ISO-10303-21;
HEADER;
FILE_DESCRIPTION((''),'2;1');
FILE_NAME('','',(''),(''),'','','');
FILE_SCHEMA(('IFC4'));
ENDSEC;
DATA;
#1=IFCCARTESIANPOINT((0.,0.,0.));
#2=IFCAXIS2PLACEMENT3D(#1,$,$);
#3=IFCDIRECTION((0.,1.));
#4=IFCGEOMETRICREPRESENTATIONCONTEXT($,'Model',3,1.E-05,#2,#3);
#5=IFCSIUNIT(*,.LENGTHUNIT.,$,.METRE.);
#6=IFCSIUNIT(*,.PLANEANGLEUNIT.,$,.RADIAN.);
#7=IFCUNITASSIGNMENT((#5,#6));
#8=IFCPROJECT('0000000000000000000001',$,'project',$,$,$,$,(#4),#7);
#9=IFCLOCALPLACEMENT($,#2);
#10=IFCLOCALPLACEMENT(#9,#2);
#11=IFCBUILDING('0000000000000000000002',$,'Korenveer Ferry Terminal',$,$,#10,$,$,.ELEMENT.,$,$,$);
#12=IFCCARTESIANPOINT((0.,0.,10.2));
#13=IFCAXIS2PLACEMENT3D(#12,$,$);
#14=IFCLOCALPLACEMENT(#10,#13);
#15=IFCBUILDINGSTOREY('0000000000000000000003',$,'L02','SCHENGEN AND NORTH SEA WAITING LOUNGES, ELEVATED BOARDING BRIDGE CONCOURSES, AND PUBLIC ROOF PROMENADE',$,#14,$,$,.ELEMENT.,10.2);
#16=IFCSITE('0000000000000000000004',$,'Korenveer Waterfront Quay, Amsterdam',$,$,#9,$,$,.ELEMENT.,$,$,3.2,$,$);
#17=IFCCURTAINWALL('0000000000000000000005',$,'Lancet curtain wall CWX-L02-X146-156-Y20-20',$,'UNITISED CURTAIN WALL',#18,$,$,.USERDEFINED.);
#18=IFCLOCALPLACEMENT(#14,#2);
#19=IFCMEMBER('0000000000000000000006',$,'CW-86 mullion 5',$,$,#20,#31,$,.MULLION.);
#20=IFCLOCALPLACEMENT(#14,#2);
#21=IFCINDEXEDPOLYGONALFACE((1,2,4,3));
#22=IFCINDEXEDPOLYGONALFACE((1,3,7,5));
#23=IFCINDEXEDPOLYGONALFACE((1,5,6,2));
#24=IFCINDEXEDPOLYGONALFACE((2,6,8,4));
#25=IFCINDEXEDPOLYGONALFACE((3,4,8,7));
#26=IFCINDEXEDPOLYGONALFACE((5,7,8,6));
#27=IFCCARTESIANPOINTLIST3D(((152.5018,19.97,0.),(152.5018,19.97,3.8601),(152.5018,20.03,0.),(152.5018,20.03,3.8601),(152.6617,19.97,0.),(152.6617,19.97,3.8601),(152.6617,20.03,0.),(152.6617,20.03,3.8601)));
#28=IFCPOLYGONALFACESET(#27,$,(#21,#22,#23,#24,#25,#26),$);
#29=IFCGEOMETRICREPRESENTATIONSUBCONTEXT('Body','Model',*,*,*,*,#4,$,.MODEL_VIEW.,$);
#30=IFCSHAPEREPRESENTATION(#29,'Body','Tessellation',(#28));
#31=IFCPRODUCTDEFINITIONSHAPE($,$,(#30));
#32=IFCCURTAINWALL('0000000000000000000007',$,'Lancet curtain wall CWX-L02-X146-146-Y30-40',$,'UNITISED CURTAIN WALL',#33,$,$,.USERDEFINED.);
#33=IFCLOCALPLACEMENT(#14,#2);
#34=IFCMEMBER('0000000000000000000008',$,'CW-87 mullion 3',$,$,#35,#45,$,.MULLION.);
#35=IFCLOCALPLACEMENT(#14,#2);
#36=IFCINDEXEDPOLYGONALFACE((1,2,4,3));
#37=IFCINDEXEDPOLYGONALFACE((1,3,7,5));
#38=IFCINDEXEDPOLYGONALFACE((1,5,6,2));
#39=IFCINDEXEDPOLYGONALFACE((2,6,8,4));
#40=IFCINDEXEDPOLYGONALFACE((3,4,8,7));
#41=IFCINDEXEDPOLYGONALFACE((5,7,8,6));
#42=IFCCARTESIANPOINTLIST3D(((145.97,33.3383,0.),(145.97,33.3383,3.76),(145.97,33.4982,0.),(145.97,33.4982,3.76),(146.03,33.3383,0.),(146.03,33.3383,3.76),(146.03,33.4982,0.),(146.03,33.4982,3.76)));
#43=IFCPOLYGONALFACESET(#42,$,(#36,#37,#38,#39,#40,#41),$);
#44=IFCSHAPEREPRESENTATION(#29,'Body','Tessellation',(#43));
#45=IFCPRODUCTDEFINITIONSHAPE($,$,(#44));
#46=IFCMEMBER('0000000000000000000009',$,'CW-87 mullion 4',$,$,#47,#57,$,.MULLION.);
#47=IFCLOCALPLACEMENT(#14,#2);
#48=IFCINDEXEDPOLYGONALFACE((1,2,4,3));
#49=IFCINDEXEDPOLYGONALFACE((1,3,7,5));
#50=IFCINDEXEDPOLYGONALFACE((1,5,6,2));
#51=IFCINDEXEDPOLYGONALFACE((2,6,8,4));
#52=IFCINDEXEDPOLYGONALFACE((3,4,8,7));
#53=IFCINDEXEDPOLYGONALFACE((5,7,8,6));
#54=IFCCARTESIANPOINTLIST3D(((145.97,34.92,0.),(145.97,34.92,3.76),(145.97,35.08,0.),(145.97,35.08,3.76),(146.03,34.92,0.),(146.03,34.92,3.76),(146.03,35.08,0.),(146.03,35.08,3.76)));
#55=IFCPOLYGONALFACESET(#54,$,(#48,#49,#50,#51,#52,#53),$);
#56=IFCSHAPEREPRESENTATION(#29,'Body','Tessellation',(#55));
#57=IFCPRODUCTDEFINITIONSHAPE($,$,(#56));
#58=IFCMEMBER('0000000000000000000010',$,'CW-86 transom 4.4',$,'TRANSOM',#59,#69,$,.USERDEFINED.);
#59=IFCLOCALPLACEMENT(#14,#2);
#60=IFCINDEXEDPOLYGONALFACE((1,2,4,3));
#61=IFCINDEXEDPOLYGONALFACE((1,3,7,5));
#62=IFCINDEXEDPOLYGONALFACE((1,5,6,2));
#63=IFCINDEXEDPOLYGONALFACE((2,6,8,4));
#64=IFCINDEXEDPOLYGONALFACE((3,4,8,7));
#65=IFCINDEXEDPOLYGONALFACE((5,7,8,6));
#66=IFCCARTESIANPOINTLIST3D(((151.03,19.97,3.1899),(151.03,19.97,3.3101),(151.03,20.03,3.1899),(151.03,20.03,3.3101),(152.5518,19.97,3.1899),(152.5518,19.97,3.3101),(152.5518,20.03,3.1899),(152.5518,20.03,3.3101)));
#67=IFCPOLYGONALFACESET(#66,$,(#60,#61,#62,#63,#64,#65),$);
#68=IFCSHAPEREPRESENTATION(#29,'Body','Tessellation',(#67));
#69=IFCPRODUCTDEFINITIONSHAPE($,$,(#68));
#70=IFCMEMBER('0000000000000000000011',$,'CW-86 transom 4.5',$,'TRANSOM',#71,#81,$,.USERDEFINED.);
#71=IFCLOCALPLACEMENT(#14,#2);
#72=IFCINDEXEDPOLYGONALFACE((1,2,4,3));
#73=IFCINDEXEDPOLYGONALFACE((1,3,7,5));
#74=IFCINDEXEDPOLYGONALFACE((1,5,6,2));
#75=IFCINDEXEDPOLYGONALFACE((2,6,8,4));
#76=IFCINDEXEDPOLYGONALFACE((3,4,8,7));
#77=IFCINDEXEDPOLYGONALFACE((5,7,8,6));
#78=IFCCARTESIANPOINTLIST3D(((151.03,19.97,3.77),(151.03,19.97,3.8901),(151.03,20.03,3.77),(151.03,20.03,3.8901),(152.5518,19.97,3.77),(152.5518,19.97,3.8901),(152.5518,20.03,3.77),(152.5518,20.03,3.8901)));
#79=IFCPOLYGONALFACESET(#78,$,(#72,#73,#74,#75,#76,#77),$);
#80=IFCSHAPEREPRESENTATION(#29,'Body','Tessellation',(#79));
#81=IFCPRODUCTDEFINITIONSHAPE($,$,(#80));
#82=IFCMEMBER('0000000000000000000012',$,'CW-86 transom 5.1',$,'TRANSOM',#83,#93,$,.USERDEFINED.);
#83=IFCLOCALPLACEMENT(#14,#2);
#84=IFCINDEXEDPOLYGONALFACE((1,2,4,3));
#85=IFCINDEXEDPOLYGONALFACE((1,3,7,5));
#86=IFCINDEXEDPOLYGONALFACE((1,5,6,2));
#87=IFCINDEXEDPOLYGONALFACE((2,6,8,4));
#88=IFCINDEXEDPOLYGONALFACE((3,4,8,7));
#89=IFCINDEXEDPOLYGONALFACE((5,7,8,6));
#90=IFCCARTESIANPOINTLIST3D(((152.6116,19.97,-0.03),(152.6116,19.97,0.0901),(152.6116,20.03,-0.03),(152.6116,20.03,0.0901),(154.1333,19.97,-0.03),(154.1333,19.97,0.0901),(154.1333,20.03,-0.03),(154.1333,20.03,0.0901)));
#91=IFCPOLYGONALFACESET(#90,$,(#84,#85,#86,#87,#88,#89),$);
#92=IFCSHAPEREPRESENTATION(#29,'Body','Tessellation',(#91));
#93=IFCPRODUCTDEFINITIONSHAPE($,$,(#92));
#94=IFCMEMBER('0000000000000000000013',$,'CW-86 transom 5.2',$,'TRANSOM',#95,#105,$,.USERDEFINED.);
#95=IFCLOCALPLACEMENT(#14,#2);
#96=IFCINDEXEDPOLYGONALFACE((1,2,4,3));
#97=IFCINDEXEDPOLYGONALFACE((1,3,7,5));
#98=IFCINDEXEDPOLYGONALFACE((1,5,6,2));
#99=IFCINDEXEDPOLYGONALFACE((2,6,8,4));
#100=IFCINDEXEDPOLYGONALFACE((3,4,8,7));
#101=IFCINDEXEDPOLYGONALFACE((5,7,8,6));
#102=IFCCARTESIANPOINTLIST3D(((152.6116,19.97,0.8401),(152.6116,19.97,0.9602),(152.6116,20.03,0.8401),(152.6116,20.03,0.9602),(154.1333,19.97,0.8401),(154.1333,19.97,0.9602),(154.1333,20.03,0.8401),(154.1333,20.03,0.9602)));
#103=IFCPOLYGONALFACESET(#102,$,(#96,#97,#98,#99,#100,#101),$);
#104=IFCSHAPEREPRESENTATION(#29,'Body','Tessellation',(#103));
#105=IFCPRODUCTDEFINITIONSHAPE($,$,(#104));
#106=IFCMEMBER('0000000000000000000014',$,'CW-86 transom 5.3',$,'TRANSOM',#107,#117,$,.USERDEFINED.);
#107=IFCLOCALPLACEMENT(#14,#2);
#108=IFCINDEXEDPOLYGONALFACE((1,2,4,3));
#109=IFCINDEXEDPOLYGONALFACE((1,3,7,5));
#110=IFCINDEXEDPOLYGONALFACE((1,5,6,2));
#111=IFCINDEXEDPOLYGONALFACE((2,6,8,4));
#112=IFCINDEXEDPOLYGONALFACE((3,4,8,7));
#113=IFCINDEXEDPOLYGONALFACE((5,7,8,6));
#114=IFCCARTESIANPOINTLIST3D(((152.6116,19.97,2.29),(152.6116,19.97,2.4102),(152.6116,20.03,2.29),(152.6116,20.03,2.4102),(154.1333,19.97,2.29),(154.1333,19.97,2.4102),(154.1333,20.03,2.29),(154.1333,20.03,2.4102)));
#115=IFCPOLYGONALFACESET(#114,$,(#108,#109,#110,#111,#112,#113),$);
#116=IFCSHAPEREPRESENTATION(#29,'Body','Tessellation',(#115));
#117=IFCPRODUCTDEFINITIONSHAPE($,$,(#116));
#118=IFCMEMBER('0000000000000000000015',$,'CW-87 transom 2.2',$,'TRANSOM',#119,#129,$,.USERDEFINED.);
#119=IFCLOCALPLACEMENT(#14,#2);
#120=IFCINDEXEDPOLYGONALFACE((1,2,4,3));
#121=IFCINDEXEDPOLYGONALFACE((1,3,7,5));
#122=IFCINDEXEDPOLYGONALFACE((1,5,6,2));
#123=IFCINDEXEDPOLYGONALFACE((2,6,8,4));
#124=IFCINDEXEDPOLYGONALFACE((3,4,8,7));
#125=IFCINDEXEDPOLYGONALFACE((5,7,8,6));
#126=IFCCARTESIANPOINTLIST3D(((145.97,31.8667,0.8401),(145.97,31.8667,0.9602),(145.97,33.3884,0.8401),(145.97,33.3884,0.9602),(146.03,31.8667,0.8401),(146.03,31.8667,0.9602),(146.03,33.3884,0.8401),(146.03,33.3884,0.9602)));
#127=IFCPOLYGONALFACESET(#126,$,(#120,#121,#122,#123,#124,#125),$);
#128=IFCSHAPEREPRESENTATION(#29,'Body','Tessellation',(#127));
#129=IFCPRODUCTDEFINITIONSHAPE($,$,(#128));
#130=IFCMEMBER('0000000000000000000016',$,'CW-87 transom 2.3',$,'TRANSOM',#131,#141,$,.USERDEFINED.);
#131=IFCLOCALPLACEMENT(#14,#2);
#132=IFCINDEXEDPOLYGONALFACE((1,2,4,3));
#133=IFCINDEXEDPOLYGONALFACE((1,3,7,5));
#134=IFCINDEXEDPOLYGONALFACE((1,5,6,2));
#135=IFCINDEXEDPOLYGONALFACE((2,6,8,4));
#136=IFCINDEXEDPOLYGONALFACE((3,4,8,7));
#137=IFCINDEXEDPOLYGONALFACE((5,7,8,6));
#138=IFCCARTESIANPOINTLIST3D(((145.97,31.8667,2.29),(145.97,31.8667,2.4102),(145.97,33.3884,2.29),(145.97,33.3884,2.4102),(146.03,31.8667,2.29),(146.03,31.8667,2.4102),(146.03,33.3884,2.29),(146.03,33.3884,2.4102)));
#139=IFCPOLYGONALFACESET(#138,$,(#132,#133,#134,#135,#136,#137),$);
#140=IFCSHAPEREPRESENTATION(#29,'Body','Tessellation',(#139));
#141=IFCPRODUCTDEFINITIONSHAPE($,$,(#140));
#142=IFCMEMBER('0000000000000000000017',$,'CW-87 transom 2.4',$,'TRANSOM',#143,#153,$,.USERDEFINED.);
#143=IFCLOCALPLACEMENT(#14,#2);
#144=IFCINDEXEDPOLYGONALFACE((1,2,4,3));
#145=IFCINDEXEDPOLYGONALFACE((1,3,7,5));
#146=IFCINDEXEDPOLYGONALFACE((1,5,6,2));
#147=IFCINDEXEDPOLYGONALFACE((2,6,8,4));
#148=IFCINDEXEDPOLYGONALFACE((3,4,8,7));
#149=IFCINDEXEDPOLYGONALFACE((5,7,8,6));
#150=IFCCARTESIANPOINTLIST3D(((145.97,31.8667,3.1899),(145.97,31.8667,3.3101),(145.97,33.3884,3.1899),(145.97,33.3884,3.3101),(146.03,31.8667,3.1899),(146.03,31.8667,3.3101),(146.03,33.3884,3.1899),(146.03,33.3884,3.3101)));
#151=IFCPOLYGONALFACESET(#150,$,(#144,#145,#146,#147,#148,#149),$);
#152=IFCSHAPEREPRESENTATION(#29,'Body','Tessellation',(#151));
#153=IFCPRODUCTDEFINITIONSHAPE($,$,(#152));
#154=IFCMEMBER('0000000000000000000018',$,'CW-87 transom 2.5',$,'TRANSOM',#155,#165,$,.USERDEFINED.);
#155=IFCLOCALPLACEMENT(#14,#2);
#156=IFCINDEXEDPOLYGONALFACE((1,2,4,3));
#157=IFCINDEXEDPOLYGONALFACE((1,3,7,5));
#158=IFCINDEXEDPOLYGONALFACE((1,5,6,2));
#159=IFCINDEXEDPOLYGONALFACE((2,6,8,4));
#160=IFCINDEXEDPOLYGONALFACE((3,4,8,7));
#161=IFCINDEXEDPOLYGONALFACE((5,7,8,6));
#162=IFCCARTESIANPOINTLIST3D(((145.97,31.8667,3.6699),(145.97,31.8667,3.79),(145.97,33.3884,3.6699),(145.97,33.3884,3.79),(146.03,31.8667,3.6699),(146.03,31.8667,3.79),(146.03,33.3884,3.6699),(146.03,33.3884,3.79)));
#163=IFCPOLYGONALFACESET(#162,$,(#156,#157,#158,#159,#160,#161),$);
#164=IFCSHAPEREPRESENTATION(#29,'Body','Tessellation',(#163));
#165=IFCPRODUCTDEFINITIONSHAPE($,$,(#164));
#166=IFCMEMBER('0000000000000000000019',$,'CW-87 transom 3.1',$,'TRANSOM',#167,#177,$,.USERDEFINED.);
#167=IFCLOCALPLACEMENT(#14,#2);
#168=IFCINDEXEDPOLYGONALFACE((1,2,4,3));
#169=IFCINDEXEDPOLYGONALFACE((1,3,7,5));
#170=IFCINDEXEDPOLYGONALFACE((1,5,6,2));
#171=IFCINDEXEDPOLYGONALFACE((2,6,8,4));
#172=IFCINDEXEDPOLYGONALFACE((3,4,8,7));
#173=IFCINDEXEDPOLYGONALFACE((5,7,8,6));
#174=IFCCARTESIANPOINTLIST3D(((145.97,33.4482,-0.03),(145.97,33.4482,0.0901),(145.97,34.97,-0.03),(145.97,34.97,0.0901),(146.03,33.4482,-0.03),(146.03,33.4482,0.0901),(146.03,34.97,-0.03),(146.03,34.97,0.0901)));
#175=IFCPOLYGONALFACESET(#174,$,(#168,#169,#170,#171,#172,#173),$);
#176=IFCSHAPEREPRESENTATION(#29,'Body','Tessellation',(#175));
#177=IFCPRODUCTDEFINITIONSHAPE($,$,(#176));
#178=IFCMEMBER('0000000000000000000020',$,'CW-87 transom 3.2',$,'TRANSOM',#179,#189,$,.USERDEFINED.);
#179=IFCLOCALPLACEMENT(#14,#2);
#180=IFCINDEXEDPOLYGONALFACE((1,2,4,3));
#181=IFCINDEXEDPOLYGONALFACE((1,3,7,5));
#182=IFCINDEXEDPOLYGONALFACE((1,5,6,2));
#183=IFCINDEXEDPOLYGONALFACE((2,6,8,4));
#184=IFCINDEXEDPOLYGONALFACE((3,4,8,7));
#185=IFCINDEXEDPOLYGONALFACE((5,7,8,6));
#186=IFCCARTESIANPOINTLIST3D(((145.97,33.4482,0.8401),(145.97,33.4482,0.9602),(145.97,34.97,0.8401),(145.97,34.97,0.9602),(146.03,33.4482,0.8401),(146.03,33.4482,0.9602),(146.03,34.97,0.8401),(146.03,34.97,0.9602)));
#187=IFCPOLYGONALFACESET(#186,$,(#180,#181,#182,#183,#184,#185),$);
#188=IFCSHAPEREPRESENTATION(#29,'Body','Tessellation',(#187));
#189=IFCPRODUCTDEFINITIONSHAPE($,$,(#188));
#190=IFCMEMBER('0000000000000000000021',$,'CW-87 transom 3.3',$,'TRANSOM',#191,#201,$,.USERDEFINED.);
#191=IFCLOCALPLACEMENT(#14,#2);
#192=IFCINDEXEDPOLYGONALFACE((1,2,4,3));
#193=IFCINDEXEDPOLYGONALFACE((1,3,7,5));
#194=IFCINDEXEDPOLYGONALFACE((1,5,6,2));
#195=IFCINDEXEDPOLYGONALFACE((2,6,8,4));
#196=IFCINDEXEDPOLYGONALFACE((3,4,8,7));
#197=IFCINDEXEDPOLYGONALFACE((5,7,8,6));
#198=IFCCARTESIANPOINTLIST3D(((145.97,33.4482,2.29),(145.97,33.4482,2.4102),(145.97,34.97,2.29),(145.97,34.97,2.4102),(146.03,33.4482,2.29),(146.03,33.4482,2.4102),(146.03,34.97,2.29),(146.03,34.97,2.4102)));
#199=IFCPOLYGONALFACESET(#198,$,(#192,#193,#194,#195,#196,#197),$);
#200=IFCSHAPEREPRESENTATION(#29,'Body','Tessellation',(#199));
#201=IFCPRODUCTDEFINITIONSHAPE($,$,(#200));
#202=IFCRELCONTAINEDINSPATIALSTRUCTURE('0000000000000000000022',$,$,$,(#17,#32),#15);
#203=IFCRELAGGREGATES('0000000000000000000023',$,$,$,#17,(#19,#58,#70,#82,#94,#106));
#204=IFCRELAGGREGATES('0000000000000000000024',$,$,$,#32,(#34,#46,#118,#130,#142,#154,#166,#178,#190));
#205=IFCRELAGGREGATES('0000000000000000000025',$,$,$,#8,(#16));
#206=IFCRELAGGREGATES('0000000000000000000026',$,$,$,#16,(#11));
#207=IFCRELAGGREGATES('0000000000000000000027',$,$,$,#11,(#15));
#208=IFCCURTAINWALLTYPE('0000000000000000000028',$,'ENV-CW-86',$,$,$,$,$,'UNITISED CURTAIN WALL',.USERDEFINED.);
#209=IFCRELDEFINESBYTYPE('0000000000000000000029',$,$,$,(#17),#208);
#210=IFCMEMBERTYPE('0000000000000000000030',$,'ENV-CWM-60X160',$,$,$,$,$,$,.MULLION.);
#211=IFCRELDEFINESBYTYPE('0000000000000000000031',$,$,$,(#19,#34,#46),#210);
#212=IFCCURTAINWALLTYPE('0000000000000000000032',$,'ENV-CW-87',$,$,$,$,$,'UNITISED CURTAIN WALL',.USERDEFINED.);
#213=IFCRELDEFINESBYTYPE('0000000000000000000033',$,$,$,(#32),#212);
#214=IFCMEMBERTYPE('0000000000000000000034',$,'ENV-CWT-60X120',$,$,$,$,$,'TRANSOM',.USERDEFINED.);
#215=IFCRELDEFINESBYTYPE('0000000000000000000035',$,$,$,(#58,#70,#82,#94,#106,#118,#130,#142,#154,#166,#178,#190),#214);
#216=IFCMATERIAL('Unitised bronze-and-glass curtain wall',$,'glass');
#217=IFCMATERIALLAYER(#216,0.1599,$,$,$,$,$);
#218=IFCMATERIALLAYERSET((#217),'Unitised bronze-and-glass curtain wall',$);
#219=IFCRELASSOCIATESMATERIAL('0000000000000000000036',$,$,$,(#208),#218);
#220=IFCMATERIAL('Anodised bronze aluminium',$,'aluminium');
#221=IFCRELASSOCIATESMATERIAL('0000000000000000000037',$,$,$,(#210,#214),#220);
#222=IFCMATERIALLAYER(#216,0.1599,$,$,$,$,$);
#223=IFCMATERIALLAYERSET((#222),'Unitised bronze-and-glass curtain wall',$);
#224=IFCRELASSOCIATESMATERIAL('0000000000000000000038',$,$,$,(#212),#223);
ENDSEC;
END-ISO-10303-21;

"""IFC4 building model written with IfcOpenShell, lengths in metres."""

from ifc_helpers import new_model, si_unit, direction, frame, origin, origin_2d, place, context, subcontext, project, spatial, rectangle, extrude, material, layer, layer_set, material_profile, profile_set, type_object, element, aggregate, save


model = new_model("IFC4")

# Units and contexts
model_context = context("Model", 3, precision=1e-05, world=origin(), true_north=direction((0.0, 1.0)))
body_context = subcontext(model_context, "Body", "Model", "MODEL_VIEW")
ifc_project = project(units=[si_unit("LENGTHUNIT", "METRE"), si_unit("PLANEANGLEUNIT", "RADIAN")], contexts=[model_context])

# Site, building, storey
site_placement = place(None, origin())
site = spatial("IfcSite", under=ifc_project, at=site_placement, Name="Korenveer Waterfront Quay, Amsterdam", CompositionType="ELEMENT", RefElevation=3.2)
building_placement = place(site_placement, origin())
building = spatial("IfcBuilding", under=site, at=building_placement, Name="Korenveer Ferry Terminal", CompositionType="ELEMENT")
storey_placement = place(building_placement, frame((0.0, 0.0, 10.2)))
storey = spatial("IfcBuildingStorey", under=building, at=storey_placement, Name="L02", Description="SCHENGEN AND NORTH SEA WAITING LOUNGES, ELEVATED BOARDING BRIDGE CONCOURSES, AND PUBLIC ROOF PROMENADE", CompositionType="ELEMENT", Elevation=10.2)

# Curtain wall, member
ifc_material_1 = material(Name="Unitised bronze-and-glass curtain wall", Category="glass")
ifc_layer_1 = layer(ifc_material_1, 0.1599)
ifc_layer_set_1 = layer_set([ifc_layer_1], Name="Unitised bronze-and-glass curtain wall")
curtain_wall_type_1 = type_object("IfcCurtainWallType", Name="ENV-CW-86", ElementType="UNITISED CURTAIN WALL", PredefinedType="USERDEFINED", material=ifc_layer_set_1)
curtain_wall_1_placement = place(storey_placement, frame((146.2549, 20.0, 0.0)))
curtain_wall_1 = element("IfcCurtainWall", 1, at=curtain_wall_1_placement, inside=storey, type_object=curtain_wall_type_1, Name="Lancet curtain wall CWX-L02-X146-156-Y20-20", ObjectType="UNITISED CURTAIN WALL", PredefinedType="USERDEFINED")
ifc_material_2 = material(Name="Anodised bronze aluminium", Category="aluminium")
ifc_material_profile_1 = material_profile(ifc_material_2, rectangle(XDim=0.0601, YDim=0.1599, at=origin_2d()), Name="ALU 60x160")
ifc_profile_set_1 = profile_set([ifc_material_profile_1], Name="Anodised bronze aluminium")
member_type_1 = type_object("IfcMemberType", Name="ENV-CWM-60X160", PredefinedType="MULLION", material=ifc_profile_set_1)
member_1_placement = place(storey_placement, frame((152.5818, 20.0, 0.0), z_axis=(0.0, 0.0, 1.0), x_axis=(0.0, 1.0, 0.0)))
member_1 = element("IfcMember", 2, at=member_1_placement, type_object=member_type_1, Name="CW-86 mullion 5", PredefinedType="MULLION", context=body_context, shape_type="SweptSolid", body=[
    extrude(rectangle(XDim=0.0601, YDim=0.1599, at=origin_2d()), origin(), (0.0, 0.0, 1.0), 3.8601),
])

# Curtain wall, members
ifc_layer_2 = layer(ifc_material_1, 0.1599)
ifc_layer_set_2 = layer_set([ifc_layer_2], Name="Unitised bronze-and-glass curtain wall")
curtain_wall_type_2 = type_object("IfcCurtainWallType", Name="ENV-CW-87", ElementType="UNITISED CURTAIN WALL", PredefinedType="USERDEFINED", material=ifc_layer_set_2)
curtain_wall_2_placement = place(storey_placement, frame((146.0, 30.2549, 0.0)))
curtain_wall_2 = element("IfcCurtainWall", 3, at=curtain_wall_2_placement, inside=storey, type_object=curtain_wall_type_2, Name="Lancet curtain wall CWX-L02-X146-146-Y30-40", ObjectType="UNITISED CURTAIN WALL", PredefinedType="USERDEFINED")
member_2_placement = place(storey_placement, frame((146.0, 33.4182, 0.0), z_axis=(0.0, 0.0, 1.0), x_axis=(-1.0, 0.0, 0.0)))
member_2 = element("IfcMember", 4, at=member_2_placement, type_object=member_type_1, Name="CW-87 mullion 3", PredefinedType="MULLION", context=body_context, shape_type="SweptSolid", body=[
    extrude(rectangle(XDim=0.0601, YDim=0.1599, at=origin_2d()), origin(), (0.0, 0.0, 1.0), 3.76),
])
member_3_placement = place(storey_placement, frame((146.0, 35.0, 0.0), z_axis=(0.0, 0.0, 1.0), x_axis=(-1.0, 0.0, 0.0)))
member_3 = element("IfcMember", 5, at=member_3_placement, type_object=member_type_1, Name="CW-87 mullion 4", PredefinedType="MULLION", context=body_context, shape_type="SweptSolid", body=[
    extrude(rectangle(XDim=0.0601, YDim=0.1599, at=origin_2d()), origin(), (0.0, 0.0, 1.0), 3.76),
])

# Members
ifc_material_profile_2 = material_profile(ifc_material_2, rectangle(XDim=0.0601, YDim=0.1201, at=origin_2d()), Name="ALU 60x120")
ifc_profile_set_2 = profile_set([ifc_material_profile_2], Name="Anodised bronze aluminium")
member_type_2 = type_object("IfcMemberType", Name="ENV-CWT-60X120", ElementType="TRANSOM", PredefinedType="USERDEFINED", material=ifc_profile_set_2)
member_4_placement = place(storey_placement, frame((151.03, 20.0, 3.25), z_axis=(1.0, 0.0, 0.0), x_axis=(0.0, 1.0, 0.0)))
member_4 = element("IfcMember", 6, at=member_4_placement, type_object=member_type_2, Name="CW-86 transom 4.4", ObjectType="TRANSOM", PredefinedType="USERDEFINED", context=body_context, shape_type="SweptSolid", body=[
    extrude(rectangle(XDim=0.0601, YDim=0.1201, at=origin_2d()), origin(), (0.0, 0.0, 1.0), 1.5217),
])
member_5_placement = place(storey_placement, frame((151.03, 20.0, 3.8301), z_axis=(1.0, 0.0, 0.0), x_axis=(0.0, 1.0, 0.0)))
member_5 = element("IfcMember", 7, at=member_5_placement, type_object=member_type_2, Name="CW-86 transom 4.5", ObjectType="TRANSOM", PredefinedType="USERDEFINED", context=body_context, shape_type="SweptSolid", body=[
    extrude(rectangle(XDim=0.0601, YDim=0.1201, at=origin_2d()), origin(), (0.0, 0.0, 1.0), 1.5217),
])
member_6_placement = place(storey_placement, frame((152.6116, 20.0, 0.03), z_axis=(1.0, 0.0, 0.0), x_axis=(0.0, 1.0, 0.0)))
member_6 = element("IfcMember", 8, at=member_6_placement, type_object=member_type_2, Name="CW-86 transom 5.1", ObjectType="TRANSOM", PredefinedType="USERDEFINED", context=body_context, shape_type="SweptSolid", body=[
    extrude(rectangle(XDim=0.0601, YDim=0.1201, at=origin_2d()), origin(), (0.0, 0.0, 1.0), 1.5217),
])
member_7_placement = place(storey_placement, frame((152.6116, 20.0, 0.9001), z_axis=(1.0, 0.0, 0.0), x_axis=(0.0, 1.0, 0.0)))
member_7 = element("IfcMember", 9, at=member_7_placement, type_object=member_type_2, Name="CW-86 transom 5.2", ObjectType="TRANSOM", PredefinedType="USERDEFINED", context=body_context, shape_type="SweptSolid", body=[
    extrude(rectangle(XDim=0.0601, YDim=0.1201, at=origin_2d()), origin(), (0.0, 0.0, 1.0), 1.5217),
])
member_8_placement = place(storey_placement, frame((152.6116, 20.0, 2.3501), z_axis=(1.0, 0.0, 0.0), x_axis=(0.0, 1.0, 0.0)))
member_8 = element("IfcMember", 10, at=member_8_placement, type_object=member_type_2, Name="CW-86 transom 5.3", ObjectType="TRANSOM", PredefinedType="USERDEFINED", context=body_context, shape_type="SweptSolid", body=[
    extrude(rectangle(XDim=0.0601, YDim=0.1201, at=origin_2d()), origin(), (0.0, 0.0, 1.0), 1.5217),
])
member_9_placement = place(storey_placement, frame((146.0, 31.8667, 0.9001), z_axis=(0.0, 1.0, 0.0), x_axis=(-1.0, 0.0, 0.0)))
member_9 = element("IfcMember", 11, at=member_9_placement, type_object=member_type_2, Name="CW-87 transom 2.2", ObjectType="TRANSOM", PredefinedType="USERDEFINED", context=body_context, shape_type="SweptSolid", body=[
    extrude(rectangle(XDim=0.0601, YDim=0.1201, at=origin_2d()), origin(), (0.0, 0.0, 1.0), 1.5217),
])
member_10_placement = place(storey_placement, frame((146.0, 31.8667, 2.3501), z_axis=(0.0, 1.0, 0.0), x_axis=(-1.0, 0.0, 0.0)))
member_10 = element("IfcMember", 12, at=member_10_placement, type_object=member_type_2, Name="CW-87 transom 2.3", ObjectType="TRANSOM", PredefinedType="USERDEFINED", context=body_context, shape_type="SweptSolid", body=[
    extrude(rectangle(XDim=0.0601, YDim=0.1201, at=origin_2d()), origin(), (0.0, 0.0, 1.0), 1.5217),
])
member_11_placement = place(storey_placement, frame((146.0, 31.8667, 3.25), z_axis=(0.0, 1.0, 0.0), x_axis=(-1.0, 0.0, 0.0)))
member_11 = element("IfcMember", 13, at=member_11_placement, type_object=member_type_2, Name="CW-87 transom 2.4", ObjectType="TRANSOM", PredefinedType="USERDEFINED", context=body_context, shape_type="SweptSolid", body=[
    extrude(rectangle(XDim=0.0601, YDim=0.1201, at=origin_2d()), origin(), (0.0, 0.0, 1.0), 1.5217),
])
member_12_placement = place(storey_placement, frame((146.0, 31.8667, 3.73), z_axis=(0.0, 1.0, 0.0), x_axis=(-1.0, 0.0, 0.0)))
member_12 = element("IfcMember", 14, at=member_12_placement, type_object=member_type_2, Name="CW-87 transom 2.5", ObjectType="TRANSOM", PredefinedType="USERDEFINED", context=body_context, shape_type="SweptSolid", body=[
    extrude(rectangle(XDim=0.0601, YDim=0.1201, at=origin_2d()), origin(), (0.0, 0.0, 1.0), 1.5217),
])
member_13_placement = place(storey_placement, frame((146.0, 33.4482, 0.03), z_axis=(0.0, 1.0, 0.0), x_axis=(-1.0, 0.0, 0.0)))
member_13 = element("IfcMember", 15, at=member_13_placement, type_object=member_type_2, Name="CW-87 transom 3.1", ObjectType="TRANSOM", PredefinedType="USERDEFINED", context=body_context, shape_type="SweptSolid", body=[
    extrude(rectangle(XDim=0.0601, YDim=0.1201, at=origin_2d()), origin(), (0.0, 0.0, 1.0), 1.5217),
])
member_14_placement = place(storey_placement, frame((146.0, 33.4482, 0.9001), z_axis=(0.0, 1.0, 0.0), x_axis=(-1.0, 0.0, 0.0)))
member_14 = element("IfcMember", 16, at=member_14_placement, type_object=member_type_2, Name="CW-87 transom 3.2", ObjectType="TRANSOM", PredefinedType="USERDEFINED", context=body_context, shape_type="SweptSolid", body=[
    extrude(rectangle(XDim=0.0601, YDim=0.1201, at=origin_2d()), origin(), (0.0, 0.0, 1.0), 1.5217),
])
member_15_placement = place(storey_placement, frame((146.0, 33.4482, 2.3501), z_axis=(0.0, 1.0, 0.0), x_axis=(-1.0, 0.0, 0.0)))
member_15 = element("IfcMember", 17, at=member_15_placement, type_object=member_type_2, Name="CW-87 transom 3.3", ObjectType="TRANSOM", PredefinedType="USERDEFINED", context=body_context, shape_type="SweptSolid", body=[
    extrude(rectangle(XDim=0.0601, YDim=0.1201, at=origin_2d()), origin(), (0.0, 0.0, 1.0), 1.5217),
])

aggregate(curtain_wall_1, [member_1, member_4, member_5, member_6, member_7, member_8])
aggregate(curtain_wall_2, [member_2, member_3, member_9, member_10, member_11, member_12, member_13, member_14, member_15])

save(model, "model.ifc")
